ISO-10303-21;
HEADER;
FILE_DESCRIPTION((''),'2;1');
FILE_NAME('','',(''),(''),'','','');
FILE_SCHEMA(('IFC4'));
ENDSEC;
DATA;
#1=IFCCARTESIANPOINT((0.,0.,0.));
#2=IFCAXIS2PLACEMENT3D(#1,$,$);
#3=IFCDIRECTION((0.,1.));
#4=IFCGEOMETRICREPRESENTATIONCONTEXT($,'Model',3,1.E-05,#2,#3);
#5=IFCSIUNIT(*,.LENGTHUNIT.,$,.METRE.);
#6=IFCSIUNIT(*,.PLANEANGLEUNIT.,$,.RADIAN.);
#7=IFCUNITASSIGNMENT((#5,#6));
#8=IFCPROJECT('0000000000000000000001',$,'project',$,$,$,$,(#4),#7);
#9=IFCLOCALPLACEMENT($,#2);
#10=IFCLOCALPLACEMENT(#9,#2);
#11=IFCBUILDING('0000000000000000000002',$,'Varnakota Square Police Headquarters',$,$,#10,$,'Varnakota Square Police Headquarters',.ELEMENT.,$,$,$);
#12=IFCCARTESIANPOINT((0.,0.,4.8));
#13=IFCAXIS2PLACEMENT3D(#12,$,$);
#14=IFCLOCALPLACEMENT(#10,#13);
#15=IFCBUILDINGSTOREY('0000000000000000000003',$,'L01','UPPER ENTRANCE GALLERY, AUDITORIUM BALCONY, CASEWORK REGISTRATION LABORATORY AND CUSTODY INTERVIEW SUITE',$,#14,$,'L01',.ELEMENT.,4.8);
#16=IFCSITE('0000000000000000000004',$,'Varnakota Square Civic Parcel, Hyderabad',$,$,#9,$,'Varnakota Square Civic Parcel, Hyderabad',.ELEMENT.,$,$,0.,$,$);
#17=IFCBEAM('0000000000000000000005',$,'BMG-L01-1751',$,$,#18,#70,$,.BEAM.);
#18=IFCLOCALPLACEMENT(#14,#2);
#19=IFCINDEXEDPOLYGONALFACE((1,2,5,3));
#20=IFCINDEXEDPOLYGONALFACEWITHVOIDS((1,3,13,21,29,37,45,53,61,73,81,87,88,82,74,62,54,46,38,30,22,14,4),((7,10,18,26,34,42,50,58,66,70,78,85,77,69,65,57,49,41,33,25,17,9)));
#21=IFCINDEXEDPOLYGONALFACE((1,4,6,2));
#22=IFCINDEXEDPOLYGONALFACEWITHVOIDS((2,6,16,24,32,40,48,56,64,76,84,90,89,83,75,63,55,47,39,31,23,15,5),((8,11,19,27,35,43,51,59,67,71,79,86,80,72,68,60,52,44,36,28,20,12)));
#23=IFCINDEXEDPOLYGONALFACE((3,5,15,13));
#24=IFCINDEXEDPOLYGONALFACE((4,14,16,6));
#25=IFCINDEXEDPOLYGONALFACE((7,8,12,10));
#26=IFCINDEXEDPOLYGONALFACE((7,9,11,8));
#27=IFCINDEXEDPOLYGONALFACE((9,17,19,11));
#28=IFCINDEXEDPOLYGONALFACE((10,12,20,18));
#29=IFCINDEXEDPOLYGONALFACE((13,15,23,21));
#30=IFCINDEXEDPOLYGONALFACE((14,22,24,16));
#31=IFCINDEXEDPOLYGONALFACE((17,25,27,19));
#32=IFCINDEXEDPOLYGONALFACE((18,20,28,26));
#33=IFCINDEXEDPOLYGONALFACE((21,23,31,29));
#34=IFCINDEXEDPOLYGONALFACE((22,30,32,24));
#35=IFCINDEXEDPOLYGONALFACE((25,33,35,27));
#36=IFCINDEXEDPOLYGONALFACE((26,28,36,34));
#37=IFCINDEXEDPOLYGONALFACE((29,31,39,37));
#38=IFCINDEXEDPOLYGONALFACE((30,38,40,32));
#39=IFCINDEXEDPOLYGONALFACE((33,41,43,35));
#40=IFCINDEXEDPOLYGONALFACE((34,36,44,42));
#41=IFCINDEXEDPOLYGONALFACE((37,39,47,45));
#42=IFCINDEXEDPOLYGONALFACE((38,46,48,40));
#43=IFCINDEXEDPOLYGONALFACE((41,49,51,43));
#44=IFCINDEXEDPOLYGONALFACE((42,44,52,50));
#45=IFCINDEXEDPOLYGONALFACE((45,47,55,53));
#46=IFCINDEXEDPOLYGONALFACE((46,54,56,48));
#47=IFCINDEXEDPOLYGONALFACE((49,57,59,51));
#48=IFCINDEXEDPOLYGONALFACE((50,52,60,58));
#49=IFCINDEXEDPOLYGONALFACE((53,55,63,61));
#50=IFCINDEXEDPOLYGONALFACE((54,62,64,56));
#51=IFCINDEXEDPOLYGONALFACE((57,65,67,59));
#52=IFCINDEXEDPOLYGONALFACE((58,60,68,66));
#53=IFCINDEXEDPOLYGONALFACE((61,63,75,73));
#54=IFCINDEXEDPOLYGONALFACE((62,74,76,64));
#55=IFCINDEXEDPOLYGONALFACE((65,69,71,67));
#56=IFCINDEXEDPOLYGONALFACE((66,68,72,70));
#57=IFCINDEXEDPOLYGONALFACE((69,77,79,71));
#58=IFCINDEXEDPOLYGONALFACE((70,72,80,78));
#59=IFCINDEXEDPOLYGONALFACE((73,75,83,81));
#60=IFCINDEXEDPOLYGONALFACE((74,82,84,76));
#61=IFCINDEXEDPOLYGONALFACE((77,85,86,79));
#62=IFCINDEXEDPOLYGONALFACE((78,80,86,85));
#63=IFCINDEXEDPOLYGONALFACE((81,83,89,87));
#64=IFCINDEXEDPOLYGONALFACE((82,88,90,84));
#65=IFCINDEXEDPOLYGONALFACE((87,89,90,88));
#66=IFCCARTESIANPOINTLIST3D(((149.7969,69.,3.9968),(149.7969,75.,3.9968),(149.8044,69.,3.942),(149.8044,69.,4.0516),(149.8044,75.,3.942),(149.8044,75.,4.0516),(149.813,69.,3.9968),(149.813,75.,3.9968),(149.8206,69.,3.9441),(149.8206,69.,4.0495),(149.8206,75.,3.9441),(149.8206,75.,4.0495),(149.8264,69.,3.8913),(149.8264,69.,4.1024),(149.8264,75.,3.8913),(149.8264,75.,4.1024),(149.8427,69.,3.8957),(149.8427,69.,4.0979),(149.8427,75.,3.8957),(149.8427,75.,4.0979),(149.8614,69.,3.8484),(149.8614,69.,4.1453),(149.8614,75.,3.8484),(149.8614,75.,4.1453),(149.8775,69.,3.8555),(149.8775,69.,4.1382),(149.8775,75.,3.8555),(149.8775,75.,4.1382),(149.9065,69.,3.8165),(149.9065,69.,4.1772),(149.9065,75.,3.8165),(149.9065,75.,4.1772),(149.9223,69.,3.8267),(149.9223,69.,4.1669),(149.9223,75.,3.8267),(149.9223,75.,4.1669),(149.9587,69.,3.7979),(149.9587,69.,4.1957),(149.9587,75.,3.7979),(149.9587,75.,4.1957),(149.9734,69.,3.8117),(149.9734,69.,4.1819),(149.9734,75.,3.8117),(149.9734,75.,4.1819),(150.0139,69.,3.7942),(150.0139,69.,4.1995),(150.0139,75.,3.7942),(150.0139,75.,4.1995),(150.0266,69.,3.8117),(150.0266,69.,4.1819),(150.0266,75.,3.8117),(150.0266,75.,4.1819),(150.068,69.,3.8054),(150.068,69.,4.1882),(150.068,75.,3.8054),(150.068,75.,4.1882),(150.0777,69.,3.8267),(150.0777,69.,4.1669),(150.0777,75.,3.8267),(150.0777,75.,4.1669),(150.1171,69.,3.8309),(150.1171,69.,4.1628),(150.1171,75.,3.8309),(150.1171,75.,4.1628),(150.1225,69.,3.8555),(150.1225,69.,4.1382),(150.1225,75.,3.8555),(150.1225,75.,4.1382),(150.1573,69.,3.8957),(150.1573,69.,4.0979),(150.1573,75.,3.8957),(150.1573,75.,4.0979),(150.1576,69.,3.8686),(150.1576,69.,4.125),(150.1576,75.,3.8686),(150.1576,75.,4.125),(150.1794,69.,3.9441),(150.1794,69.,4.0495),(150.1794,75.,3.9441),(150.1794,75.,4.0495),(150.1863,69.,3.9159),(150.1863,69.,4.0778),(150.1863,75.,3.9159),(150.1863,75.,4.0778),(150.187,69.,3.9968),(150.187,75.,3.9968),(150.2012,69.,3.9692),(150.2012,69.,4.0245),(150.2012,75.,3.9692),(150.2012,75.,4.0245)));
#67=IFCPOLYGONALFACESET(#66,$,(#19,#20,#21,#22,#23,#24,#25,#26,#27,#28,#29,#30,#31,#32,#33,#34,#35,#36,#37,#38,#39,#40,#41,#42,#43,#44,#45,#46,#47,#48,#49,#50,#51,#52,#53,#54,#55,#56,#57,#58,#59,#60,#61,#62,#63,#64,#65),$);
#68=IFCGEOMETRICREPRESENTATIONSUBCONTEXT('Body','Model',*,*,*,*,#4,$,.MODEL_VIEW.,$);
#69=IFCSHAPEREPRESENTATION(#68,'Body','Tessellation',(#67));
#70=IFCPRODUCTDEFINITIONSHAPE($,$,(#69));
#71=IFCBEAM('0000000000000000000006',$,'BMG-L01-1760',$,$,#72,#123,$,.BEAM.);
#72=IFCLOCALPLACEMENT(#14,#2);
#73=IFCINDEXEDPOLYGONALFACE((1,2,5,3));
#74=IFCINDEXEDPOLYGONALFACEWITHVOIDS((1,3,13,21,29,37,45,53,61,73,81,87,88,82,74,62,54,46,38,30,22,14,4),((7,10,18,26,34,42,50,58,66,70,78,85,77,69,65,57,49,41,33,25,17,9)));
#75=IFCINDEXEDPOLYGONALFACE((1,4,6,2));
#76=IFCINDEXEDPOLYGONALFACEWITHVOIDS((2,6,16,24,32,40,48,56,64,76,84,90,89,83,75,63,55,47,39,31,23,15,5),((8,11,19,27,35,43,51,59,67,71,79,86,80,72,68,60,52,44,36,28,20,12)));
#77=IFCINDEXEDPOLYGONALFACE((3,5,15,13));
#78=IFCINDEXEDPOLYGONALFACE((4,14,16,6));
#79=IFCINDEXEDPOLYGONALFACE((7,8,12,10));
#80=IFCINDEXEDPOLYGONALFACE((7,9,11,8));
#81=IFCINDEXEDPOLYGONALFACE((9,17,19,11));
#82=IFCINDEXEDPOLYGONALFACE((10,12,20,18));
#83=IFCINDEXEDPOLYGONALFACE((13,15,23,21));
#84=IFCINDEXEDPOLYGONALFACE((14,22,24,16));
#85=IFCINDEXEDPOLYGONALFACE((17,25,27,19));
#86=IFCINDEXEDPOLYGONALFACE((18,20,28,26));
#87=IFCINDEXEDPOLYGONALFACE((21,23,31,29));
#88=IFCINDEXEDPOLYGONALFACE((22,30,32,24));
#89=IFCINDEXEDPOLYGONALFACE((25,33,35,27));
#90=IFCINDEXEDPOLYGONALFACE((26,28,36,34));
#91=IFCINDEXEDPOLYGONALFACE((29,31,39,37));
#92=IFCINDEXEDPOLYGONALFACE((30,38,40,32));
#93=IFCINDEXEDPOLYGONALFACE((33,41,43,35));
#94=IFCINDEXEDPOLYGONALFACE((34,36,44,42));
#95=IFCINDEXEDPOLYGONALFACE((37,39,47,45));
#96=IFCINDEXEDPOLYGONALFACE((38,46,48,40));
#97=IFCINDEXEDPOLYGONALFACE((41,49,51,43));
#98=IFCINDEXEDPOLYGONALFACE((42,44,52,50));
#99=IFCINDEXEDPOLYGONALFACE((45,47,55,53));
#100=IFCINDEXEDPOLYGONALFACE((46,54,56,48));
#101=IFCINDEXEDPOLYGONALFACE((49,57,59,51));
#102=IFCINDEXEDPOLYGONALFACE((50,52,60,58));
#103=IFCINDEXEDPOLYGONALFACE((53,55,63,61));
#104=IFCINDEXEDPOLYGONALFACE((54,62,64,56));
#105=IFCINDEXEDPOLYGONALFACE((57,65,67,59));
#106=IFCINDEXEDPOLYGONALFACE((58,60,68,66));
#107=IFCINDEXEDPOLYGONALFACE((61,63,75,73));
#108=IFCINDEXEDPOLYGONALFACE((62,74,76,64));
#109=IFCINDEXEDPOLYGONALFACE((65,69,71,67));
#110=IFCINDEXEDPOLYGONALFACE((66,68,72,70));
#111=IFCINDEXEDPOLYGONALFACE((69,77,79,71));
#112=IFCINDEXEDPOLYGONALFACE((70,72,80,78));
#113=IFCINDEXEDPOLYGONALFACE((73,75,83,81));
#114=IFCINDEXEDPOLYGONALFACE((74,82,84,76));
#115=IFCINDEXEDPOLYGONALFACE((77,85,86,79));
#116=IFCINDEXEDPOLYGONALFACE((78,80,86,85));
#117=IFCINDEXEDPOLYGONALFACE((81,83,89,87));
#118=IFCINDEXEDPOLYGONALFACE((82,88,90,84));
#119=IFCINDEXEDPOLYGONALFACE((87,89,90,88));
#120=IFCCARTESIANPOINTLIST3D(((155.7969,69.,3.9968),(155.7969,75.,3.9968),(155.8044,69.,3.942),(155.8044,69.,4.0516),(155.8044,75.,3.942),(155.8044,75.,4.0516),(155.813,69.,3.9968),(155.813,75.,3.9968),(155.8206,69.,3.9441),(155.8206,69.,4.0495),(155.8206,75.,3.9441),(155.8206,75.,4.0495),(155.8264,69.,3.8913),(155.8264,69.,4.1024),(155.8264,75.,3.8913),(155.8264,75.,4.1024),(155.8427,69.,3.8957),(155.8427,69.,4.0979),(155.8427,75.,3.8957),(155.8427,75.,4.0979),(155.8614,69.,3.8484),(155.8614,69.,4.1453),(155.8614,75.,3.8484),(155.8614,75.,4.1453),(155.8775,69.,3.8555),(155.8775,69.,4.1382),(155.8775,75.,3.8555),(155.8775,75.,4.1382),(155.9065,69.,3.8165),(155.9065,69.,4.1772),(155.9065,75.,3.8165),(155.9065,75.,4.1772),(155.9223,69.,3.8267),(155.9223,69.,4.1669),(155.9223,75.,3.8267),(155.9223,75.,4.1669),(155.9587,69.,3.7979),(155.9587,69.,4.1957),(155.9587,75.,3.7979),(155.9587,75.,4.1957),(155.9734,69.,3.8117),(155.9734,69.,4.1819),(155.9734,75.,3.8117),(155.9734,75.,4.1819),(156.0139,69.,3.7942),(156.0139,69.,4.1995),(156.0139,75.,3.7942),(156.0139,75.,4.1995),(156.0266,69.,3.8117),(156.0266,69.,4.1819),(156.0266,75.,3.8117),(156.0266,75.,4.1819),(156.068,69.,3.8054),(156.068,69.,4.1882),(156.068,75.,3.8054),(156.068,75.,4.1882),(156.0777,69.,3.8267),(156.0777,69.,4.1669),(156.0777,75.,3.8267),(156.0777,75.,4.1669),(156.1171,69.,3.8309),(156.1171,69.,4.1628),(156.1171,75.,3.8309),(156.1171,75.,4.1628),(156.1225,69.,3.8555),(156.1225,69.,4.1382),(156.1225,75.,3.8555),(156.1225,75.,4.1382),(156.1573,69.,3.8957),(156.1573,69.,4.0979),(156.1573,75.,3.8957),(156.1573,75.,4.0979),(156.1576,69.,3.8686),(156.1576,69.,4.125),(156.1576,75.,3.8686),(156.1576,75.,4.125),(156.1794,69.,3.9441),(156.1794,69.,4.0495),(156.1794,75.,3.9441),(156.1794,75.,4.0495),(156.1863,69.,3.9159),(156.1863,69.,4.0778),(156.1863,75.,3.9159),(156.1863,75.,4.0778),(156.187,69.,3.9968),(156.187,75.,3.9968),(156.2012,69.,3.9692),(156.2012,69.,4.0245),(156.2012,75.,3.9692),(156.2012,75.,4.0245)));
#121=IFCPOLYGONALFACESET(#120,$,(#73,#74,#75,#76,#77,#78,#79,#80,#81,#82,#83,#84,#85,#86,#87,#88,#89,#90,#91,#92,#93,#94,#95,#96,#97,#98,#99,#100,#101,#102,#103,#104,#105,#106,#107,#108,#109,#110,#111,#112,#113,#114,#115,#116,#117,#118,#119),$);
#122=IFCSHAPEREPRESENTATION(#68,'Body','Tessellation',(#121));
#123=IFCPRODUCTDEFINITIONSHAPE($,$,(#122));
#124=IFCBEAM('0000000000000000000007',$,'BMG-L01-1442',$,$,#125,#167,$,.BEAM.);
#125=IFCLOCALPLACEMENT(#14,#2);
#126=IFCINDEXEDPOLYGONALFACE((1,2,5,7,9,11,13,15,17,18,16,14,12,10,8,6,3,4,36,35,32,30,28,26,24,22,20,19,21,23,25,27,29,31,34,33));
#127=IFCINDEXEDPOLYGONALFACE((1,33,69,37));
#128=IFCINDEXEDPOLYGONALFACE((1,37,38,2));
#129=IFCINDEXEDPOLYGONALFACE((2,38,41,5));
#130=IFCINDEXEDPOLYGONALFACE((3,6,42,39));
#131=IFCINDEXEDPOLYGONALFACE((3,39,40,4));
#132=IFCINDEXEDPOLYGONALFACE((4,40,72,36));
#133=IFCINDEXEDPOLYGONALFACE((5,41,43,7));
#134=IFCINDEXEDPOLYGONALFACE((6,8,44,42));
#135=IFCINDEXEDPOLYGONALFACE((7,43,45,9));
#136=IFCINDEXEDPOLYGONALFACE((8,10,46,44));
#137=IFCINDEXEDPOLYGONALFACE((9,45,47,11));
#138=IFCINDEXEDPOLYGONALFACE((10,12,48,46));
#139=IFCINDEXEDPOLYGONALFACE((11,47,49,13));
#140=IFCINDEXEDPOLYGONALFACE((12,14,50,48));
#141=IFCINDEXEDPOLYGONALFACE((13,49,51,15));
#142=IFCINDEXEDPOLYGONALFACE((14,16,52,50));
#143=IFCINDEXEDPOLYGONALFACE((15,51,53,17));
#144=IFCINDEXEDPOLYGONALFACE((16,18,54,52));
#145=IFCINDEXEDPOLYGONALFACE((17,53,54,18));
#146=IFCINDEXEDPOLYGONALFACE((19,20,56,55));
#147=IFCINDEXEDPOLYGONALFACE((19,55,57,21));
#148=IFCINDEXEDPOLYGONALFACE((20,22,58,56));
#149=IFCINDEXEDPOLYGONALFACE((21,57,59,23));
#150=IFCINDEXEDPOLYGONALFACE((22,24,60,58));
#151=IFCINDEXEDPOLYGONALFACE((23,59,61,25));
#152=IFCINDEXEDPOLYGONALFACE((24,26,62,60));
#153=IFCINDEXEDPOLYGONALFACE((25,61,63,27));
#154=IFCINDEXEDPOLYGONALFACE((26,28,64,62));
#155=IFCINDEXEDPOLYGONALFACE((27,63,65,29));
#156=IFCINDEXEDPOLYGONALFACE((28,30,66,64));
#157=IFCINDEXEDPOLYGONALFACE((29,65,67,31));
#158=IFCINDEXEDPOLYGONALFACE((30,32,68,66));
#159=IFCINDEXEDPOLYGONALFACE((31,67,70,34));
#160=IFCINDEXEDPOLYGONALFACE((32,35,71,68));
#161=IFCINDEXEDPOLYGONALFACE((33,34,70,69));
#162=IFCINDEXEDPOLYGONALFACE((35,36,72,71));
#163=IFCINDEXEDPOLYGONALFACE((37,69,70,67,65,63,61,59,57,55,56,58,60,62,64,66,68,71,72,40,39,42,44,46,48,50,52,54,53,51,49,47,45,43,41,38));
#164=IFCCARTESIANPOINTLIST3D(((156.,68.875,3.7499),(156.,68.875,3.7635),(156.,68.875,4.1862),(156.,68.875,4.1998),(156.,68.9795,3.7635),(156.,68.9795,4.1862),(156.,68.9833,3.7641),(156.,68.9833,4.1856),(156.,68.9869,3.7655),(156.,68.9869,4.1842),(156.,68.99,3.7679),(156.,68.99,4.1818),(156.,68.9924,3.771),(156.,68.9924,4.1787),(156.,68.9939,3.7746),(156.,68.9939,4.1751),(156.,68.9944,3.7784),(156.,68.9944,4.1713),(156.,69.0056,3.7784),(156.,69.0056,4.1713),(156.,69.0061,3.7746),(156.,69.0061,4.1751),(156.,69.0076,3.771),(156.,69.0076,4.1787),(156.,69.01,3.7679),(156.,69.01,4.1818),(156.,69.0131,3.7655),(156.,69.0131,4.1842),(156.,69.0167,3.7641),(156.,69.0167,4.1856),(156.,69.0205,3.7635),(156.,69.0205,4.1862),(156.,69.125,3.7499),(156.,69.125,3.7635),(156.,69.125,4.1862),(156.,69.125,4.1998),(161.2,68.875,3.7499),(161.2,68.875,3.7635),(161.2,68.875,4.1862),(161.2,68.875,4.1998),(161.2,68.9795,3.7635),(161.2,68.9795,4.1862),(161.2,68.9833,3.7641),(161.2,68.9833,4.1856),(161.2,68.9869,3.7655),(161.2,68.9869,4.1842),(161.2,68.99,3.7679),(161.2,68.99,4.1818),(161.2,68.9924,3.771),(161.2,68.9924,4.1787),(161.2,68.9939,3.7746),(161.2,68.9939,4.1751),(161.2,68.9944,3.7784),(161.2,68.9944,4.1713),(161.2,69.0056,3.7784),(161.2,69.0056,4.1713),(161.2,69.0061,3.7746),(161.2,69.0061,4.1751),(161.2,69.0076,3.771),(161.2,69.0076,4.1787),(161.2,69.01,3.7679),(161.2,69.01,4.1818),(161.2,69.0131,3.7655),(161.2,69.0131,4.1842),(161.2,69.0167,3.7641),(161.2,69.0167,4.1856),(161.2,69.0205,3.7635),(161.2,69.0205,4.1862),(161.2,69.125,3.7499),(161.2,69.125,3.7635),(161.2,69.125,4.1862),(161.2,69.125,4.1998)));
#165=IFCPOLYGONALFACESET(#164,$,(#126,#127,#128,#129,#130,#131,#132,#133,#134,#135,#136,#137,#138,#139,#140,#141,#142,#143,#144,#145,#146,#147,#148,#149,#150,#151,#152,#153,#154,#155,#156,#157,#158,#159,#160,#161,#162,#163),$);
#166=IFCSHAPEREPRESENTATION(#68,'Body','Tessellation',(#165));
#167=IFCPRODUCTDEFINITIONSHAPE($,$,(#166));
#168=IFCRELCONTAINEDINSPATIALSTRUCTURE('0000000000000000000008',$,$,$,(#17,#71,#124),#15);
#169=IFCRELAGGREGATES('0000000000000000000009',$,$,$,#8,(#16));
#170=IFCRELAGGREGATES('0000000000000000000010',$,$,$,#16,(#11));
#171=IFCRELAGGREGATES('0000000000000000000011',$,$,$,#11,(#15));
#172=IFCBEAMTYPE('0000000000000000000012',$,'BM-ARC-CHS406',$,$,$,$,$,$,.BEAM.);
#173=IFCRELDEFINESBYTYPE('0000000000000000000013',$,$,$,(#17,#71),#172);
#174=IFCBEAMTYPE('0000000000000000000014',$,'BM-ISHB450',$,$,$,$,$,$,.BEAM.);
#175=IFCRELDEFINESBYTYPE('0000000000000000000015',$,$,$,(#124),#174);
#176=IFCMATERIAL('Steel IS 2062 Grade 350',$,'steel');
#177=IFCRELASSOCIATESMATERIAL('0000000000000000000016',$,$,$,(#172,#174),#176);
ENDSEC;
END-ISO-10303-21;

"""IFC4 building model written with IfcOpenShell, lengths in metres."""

from ifc_helpers import new_model, si_unit, direction, frame, origin, origin_2d, place, context, subcontext, project, spatial, hollow_circle, i_section, extrude, material, material_profile, profile_set, type_object, element, save


model = new_model("IFC4")

# Units and contexts
model_context = context("Model", 3, precision=1e-05, world=origin(), true_north=direction((0.0, 1.0)))
body_context = subcontext(model_context, "Body", "Model", "MODEL_VIEW")
ifc_project = project(units=[si_unit("LENGTHUNIT", "METRE"), si_unit("PLANEANGLEUNIT", "RADIAN")], contexts=[model_context])

# Site, building, storey
site_placement = place(None, origin())
site = spatial("IfcSite", under=ifc_project, at=site_placement, Name="Varnakota Square Civic Parcel, Hyderabad", LongName="Varnakota Square Civic Parcel, Hyderabad", CompositionType="ELEMENT", RefElevation=0.0)
building_placement = place(site_placement, origin())
building = spatial("IfcBuilding", under=site, at=building_placement, Name="Varnakota Square Police Headquarters", LongName="Varnakota Square Police Headquarters", CompositionType="ELEMENT")
storey_placement = place(building_placement, frame((0.0, 0.0, 4.8)))
storey = spatial("IfcBuildingStorey", under=building, at=storey_placement, Name="L01", Description="UPPER ENTRANCE GALLERY, AUDITORIUM BALCONY, CASEWORK REGISTRATION LABORATORY AND CUSTODY INTERVIEW SUITE", LongName="L01", CompositionType="ELEMENT", Elevation=4.8)

# Shared definitions
ifc_material_1 = material(Name="Steel IS 2062 Grade 350", Category="steel")

# Beams
ifc_material_profile_1 = material_profile(ifc_material_1, hollow_circle(Radius=0.2031, WallThickness=0.0161, at=origin_2d()), Name="CHS 406.4x16.0")
ifc_profile_set_1 = profile_set([ifc_material_profile_1], Name="Steel IS 2062 Grade 350")
beam_type_1 = type_object("IfcBeamType", Name="BM-ARC-CHS406", PredefinedType="BEAM", material=ifc_profile_set_1)
for number, where, z_axis, x_axis, name in (
    (1, (150.0, 69.0, 3.9968), (0.0, 1.0, 0.0), (-1.0, 0.0, 0.0), "BMG-L01-1751"),
    (2, (156.0, 69.0, 3.9968), (0.0, 1.0, 0.0), (-1.0, 0.0, 0.0), "BMG-L01-1760"),
):
    element("IfcBeam", number, at=place(storey_placement, frame(where, z_axis=z_axis, x_axis=x_axis)), inside=storey, type_object=beam_type_1, Name=name, PredefinedType="BEAM", context=body_context, shape_type="SweptSolid", body=[
        extrude(hollow_circle(Radius=0.2031, WallThickness=0.0161, at=origin_2d()), origin(), (0.0, 0.0, 1.0), 6.0),
    ])
ifc_material_profile_2 = material_profile(ifc_material_1, i_section(OverallWidth=0.25, OverallDepth=0.45, WebThickness=0.0112, FlangeThickness=0.0137, FilletRadius=0.0149, at=origin_2d()), Name="ISHB 450")
ifc_profile_set_2 = profile_set([ifc_material_profile_2], Name="Steel IS 2062 Grade 350")
beam_type_2 = type_object("IfcBeamType", Name="BM-ISHB450", PredefinedType="BEAM", material=ifc_profile_set_2)
beam_placement = place(storey_placement, frame((156.0, 69.0, 3.9749), z_axis=(1.0, 0.0, 0.0), x_axis=(0.0, 1.0, 0.0)))
element("IfcBeam", 3, at=beam_placement, inside=storey, type_object=beam_type_2, Name="BMG-L01-1442", PredefinedType="BEAM", context=body_context, shape_type="SweptSolid", body=[
    extrude(i_section(OverallWidth=0.25, OverallDepth=0.45, WebThickness=0.0112, FlangeThickness=0.0137, FilletRadius=0.0149, at=origin_2d()), origin(), (0.0, 0.0, 1.0), 5.2),
])

save(model, "model.ifc")
